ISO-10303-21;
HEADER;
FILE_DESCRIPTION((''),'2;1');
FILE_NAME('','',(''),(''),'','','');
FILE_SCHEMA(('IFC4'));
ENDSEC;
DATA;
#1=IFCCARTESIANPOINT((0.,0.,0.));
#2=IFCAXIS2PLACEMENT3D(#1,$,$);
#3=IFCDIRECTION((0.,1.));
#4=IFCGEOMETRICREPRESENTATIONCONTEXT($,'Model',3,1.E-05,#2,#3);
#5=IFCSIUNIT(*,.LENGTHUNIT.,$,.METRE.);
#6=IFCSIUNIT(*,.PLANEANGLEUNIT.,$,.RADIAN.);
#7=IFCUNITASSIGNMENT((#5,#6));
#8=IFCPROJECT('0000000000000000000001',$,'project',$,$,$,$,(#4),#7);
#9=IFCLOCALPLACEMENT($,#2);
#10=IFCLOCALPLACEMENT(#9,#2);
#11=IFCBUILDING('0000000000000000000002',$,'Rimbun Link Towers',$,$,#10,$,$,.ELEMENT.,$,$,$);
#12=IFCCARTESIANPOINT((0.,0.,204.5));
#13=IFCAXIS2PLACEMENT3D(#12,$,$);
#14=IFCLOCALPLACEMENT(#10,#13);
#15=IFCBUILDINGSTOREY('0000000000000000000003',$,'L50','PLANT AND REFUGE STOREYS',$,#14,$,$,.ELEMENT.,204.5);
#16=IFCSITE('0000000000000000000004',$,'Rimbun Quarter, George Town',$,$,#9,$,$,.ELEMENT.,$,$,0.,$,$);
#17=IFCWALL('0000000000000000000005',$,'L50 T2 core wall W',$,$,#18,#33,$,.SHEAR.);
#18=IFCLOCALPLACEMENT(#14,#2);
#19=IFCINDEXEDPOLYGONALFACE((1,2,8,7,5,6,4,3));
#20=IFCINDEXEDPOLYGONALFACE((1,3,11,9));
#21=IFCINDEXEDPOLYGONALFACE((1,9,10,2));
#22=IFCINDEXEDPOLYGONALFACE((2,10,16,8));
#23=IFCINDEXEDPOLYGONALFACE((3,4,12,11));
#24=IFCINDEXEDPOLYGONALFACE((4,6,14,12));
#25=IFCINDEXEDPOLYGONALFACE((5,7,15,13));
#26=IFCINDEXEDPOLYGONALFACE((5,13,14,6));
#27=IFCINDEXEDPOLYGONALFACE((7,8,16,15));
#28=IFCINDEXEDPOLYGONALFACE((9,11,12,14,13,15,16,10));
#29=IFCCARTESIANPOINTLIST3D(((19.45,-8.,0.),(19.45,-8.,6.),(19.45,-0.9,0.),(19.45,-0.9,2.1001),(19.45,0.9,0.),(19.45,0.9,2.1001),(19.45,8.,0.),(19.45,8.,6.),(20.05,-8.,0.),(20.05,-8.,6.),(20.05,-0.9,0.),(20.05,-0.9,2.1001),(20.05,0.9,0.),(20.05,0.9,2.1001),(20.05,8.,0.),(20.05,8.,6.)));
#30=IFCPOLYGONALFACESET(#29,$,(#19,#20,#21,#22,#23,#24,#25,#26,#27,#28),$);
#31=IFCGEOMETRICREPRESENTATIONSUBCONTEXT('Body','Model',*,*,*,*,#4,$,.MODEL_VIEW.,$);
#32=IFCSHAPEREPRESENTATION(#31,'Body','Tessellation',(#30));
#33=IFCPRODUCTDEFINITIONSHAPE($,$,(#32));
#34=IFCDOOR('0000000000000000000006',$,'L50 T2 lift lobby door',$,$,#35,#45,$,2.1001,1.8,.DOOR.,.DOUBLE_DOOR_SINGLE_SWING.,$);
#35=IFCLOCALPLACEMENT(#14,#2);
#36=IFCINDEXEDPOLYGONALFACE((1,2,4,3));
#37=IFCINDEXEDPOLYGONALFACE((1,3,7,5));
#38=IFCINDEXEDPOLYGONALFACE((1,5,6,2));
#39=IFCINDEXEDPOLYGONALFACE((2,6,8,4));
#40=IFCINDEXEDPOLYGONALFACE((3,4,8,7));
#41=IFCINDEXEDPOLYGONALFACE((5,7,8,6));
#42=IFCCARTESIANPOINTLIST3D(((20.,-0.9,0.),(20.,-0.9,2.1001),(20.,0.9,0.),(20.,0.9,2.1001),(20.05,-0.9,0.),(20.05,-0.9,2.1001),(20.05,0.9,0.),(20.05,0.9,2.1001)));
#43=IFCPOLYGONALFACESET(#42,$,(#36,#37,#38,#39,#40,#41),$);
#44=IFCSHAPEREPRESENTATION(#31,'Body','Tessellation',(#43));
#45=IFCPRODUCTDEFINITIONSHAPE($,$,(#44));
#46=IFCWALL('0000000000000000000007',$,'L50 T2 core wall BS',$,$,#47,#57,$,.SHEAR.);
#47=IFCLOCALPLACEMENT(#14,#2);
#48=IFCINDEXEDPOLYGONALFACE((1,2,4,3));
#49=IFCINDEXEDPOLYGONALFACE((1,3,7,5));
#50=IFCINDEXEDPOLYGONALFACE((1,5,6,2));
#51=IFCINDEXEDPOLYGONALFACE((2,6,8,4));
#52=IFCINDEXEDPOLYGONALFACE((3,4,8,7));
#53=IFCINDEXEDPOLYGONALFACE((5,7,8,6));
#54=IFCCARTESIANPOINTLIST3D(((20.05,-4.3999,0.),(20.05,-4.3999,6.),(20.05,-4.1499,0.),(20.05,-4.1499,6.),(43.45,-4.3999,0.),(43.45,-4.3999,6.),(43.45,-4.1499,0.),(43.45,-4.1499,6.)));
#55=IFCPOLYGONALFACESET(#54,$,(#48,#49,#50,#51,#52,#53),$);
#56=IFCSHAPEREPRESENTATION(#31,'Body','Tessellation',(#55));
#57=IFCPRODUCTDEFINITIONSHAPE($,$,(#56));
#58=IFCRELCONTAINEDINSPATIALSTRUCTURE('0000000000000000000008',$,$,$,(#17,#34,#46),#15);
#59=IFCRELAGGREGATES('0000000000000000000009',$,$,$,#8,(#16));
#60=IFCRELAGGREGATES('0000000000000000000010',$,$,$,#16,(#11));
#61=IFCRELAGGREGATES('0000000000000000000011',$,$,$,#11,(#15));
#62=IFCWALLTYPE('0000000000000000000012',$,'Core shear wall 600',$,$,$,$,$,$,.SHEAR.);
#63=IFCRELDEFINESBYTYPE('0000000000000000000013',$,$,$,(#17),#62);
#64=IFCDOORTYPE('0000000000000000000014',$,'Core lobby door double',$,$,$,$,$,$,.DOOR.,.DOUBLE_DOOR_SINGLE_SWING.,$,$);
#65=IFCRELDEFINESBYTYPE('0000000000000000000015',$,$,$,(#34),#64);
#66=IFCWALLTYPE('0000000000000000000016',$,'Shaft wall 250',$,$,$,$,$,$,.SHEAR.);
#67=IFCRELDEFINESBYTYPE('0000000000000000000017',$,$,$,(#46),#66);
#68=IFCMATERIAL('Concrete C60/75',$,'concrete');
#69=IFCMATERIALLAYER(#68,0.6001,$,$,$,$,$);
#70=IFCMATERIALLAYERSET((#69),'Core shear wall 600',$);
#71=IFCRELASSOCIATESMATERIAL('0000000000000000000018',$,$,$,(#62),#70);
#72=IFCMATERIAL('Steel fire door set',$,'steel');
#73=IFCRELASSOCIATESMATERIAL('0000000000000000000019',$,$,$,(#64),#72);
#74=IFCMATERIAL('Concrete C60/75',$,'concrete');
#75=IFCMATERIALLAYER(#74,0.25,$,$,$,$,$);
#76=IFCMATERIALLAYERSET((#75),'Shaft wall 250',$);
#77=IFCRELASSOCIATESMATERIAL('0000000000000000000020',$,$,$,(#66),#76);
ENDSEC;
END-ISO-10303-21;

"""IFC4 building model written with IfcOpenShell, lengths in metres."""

from ifc_helpers import new_model, si_unit, direction, frame, frame_2d, origin, place, context, subcontext, project, spatial, rectangle, extrude, material, layer, layer_set, type_object, element, fill, save


model = new_model("IFC4")

# Units and contexts
model_context = context("Model", 3, precision=1e-05, world=origin(), true_north=direction((0.0, 1.0)))
body_context = subcontext(model_context, "Body", "Model", "MODEL_VIEW")
ifc_project = project(units=[si_unit("LENGTHUNIT", "METRE"), si_unit("PLANEANGLEUNIT", "RADIAN")], contexts=[model_context])

# Site, building, storey
site_placement = place(None, origin())
site = spatial("IfcSite", under=ifc_project, at=site_placement, Name="Rimbun Quarter, George Town", CompositionType="ELEMENT", RefElevation=0.0)
building_placement = place(site_placement, origin())
building = spatial("IfcBuilding", under=site, at=building_placement, Name="Rimbun Link Towers", CompositionType="ELEMENT")
storey_placement = place(building_placement, frame((0.0, 0.0, 204.5)))
storey = spatial("IfcBuildingStorey", under=building, at=storey_placement, Name="L50", Description="PLANT AND REFUGE STOREYS", CompositionType="ELEMENT", Elevation=204.5)

# Shared definitions
ifc_material_1 = material(Name="Concrete C60/75", Category="concrete")
ifc_layer_1 = layer(ifc_material_1, 0.6001)
ifc_layer_set_1 = layer_set([ifc_layer_1], Name="Core shear wall 600")
wall_type_1 = type_object("IfcWallType", Name="Core shear wall 600", PredefinedType="SHEAR", material=ifc_layer_set_1)

# Wall, opening, door
wall_1_placement = place(storey_placement, frame((19.75, -8.0, 0.0), z_axis=(0.0, 0.0, 1.0), x_axis=(0.0, 1.0, 0.0)))
wall_1 = element("IfcWall", 1, at=wall_1_placement, inside=storey, type_object=wall_type_1, Name="L50 T2 core wall W", PredefinedType="SHEAR", context=body_context, shape_type="SweptSolid", body=[
    extrude(rectangle(XDim=16.0, YDim=0.6001, at=frame_2d((8.0, 0.0))), origin(), (0.0, 0.0, 1.0), 6.0),
])
opening_1_placement = place(wall_1_placement, frame((7.1001, 0.0, 0.0)))
opening_1 = element("IfcOpeningElement", 2, at=opening_1_placement, cuts=wall_1, PredefinedType="OPENING", context=body_context, shape_type="SweptSolid", body=[
    extrude(rectangle(XDim=1.8, YDim=2.1001, at=frame_2d((0.8999, 1.05))), frame((0.0, 0.3101, 0.0), z_axis=(0.0, -1.0, 0.0), x_axis=(1.0, 0.0, 0.0)), (0.0, 0.0, 1.0), 0.6201),
])
ifc_material_2 = material(Name="Steel fire door set", Category="steel")
door_type_1 = type_object("IfcDoorType", Name="Core lobby door double", OperationType="DOUBLE_DOOR_SINGLE_SWING", PredefinedType="DOOR", material=ifc_material_2)
door_1_placement = place(opening_1_placement, origin())
door_1 = element("IfcDoor", 3, at=door_1_placement, inside=storey, type_object=door_type_1, Name="L50 T2 lift lobby door", OperationType="DOUBLE_DOOR_SINGLE_SWING", OverallHeight=2.1001, OverallWidth=1.8, PredefinedType="DOOR", context=body_context, shape_type="SweptSolid", body=[
    extrude(rectangle(XDim=1.8, YDim=2.1001, at=frame_2d((0.8999, 1.05))), frame((0.0, -0.25, 0.0), z_axis=(0.0, -1.0, 0.0), x_axis=(1.0, 0.0, 0.0)), (0.0, 0.0, 1.0), 0.05),
])
fill(opening_1, door_1)

# Wall
ifc_material_3 = material(Name="Concrete C60/75", Category="concrete")
ifc_layer_2 = layer(ifc_material_3, 0.25)
ifc_layer_set_2 = layer_set([ifc_layer_2], Name="Shaft wall 250")
wall_type_2 = type_object("IfcWallType", Name="Shaft wall 250", PredefinedType="SHEAR", material=ifc_layer_set_2)
wall_2_placement = place(storey_placement, frame((20.05, -4.2749, 0.0), z_axis=(0.0, 0.0, 1.0), x_axis=(1.0, 0.0, 0.0)))
element("IfcWall", 4, at=wall_2_placement, inside=storey, type_object=wall_type_2, Name="L50 T2 core wall BS", PredefinedType="SHEAR", context=body_context, shape_type="SweptSolid", body=[
    extrude(rectangle(XDim=23.3999, YDim=0.25, at=frame_2d((11.7, 0.0))), origin(), (0.0, 0.0, 1.0), 6.0),
])

save(model, "model.ifc")
